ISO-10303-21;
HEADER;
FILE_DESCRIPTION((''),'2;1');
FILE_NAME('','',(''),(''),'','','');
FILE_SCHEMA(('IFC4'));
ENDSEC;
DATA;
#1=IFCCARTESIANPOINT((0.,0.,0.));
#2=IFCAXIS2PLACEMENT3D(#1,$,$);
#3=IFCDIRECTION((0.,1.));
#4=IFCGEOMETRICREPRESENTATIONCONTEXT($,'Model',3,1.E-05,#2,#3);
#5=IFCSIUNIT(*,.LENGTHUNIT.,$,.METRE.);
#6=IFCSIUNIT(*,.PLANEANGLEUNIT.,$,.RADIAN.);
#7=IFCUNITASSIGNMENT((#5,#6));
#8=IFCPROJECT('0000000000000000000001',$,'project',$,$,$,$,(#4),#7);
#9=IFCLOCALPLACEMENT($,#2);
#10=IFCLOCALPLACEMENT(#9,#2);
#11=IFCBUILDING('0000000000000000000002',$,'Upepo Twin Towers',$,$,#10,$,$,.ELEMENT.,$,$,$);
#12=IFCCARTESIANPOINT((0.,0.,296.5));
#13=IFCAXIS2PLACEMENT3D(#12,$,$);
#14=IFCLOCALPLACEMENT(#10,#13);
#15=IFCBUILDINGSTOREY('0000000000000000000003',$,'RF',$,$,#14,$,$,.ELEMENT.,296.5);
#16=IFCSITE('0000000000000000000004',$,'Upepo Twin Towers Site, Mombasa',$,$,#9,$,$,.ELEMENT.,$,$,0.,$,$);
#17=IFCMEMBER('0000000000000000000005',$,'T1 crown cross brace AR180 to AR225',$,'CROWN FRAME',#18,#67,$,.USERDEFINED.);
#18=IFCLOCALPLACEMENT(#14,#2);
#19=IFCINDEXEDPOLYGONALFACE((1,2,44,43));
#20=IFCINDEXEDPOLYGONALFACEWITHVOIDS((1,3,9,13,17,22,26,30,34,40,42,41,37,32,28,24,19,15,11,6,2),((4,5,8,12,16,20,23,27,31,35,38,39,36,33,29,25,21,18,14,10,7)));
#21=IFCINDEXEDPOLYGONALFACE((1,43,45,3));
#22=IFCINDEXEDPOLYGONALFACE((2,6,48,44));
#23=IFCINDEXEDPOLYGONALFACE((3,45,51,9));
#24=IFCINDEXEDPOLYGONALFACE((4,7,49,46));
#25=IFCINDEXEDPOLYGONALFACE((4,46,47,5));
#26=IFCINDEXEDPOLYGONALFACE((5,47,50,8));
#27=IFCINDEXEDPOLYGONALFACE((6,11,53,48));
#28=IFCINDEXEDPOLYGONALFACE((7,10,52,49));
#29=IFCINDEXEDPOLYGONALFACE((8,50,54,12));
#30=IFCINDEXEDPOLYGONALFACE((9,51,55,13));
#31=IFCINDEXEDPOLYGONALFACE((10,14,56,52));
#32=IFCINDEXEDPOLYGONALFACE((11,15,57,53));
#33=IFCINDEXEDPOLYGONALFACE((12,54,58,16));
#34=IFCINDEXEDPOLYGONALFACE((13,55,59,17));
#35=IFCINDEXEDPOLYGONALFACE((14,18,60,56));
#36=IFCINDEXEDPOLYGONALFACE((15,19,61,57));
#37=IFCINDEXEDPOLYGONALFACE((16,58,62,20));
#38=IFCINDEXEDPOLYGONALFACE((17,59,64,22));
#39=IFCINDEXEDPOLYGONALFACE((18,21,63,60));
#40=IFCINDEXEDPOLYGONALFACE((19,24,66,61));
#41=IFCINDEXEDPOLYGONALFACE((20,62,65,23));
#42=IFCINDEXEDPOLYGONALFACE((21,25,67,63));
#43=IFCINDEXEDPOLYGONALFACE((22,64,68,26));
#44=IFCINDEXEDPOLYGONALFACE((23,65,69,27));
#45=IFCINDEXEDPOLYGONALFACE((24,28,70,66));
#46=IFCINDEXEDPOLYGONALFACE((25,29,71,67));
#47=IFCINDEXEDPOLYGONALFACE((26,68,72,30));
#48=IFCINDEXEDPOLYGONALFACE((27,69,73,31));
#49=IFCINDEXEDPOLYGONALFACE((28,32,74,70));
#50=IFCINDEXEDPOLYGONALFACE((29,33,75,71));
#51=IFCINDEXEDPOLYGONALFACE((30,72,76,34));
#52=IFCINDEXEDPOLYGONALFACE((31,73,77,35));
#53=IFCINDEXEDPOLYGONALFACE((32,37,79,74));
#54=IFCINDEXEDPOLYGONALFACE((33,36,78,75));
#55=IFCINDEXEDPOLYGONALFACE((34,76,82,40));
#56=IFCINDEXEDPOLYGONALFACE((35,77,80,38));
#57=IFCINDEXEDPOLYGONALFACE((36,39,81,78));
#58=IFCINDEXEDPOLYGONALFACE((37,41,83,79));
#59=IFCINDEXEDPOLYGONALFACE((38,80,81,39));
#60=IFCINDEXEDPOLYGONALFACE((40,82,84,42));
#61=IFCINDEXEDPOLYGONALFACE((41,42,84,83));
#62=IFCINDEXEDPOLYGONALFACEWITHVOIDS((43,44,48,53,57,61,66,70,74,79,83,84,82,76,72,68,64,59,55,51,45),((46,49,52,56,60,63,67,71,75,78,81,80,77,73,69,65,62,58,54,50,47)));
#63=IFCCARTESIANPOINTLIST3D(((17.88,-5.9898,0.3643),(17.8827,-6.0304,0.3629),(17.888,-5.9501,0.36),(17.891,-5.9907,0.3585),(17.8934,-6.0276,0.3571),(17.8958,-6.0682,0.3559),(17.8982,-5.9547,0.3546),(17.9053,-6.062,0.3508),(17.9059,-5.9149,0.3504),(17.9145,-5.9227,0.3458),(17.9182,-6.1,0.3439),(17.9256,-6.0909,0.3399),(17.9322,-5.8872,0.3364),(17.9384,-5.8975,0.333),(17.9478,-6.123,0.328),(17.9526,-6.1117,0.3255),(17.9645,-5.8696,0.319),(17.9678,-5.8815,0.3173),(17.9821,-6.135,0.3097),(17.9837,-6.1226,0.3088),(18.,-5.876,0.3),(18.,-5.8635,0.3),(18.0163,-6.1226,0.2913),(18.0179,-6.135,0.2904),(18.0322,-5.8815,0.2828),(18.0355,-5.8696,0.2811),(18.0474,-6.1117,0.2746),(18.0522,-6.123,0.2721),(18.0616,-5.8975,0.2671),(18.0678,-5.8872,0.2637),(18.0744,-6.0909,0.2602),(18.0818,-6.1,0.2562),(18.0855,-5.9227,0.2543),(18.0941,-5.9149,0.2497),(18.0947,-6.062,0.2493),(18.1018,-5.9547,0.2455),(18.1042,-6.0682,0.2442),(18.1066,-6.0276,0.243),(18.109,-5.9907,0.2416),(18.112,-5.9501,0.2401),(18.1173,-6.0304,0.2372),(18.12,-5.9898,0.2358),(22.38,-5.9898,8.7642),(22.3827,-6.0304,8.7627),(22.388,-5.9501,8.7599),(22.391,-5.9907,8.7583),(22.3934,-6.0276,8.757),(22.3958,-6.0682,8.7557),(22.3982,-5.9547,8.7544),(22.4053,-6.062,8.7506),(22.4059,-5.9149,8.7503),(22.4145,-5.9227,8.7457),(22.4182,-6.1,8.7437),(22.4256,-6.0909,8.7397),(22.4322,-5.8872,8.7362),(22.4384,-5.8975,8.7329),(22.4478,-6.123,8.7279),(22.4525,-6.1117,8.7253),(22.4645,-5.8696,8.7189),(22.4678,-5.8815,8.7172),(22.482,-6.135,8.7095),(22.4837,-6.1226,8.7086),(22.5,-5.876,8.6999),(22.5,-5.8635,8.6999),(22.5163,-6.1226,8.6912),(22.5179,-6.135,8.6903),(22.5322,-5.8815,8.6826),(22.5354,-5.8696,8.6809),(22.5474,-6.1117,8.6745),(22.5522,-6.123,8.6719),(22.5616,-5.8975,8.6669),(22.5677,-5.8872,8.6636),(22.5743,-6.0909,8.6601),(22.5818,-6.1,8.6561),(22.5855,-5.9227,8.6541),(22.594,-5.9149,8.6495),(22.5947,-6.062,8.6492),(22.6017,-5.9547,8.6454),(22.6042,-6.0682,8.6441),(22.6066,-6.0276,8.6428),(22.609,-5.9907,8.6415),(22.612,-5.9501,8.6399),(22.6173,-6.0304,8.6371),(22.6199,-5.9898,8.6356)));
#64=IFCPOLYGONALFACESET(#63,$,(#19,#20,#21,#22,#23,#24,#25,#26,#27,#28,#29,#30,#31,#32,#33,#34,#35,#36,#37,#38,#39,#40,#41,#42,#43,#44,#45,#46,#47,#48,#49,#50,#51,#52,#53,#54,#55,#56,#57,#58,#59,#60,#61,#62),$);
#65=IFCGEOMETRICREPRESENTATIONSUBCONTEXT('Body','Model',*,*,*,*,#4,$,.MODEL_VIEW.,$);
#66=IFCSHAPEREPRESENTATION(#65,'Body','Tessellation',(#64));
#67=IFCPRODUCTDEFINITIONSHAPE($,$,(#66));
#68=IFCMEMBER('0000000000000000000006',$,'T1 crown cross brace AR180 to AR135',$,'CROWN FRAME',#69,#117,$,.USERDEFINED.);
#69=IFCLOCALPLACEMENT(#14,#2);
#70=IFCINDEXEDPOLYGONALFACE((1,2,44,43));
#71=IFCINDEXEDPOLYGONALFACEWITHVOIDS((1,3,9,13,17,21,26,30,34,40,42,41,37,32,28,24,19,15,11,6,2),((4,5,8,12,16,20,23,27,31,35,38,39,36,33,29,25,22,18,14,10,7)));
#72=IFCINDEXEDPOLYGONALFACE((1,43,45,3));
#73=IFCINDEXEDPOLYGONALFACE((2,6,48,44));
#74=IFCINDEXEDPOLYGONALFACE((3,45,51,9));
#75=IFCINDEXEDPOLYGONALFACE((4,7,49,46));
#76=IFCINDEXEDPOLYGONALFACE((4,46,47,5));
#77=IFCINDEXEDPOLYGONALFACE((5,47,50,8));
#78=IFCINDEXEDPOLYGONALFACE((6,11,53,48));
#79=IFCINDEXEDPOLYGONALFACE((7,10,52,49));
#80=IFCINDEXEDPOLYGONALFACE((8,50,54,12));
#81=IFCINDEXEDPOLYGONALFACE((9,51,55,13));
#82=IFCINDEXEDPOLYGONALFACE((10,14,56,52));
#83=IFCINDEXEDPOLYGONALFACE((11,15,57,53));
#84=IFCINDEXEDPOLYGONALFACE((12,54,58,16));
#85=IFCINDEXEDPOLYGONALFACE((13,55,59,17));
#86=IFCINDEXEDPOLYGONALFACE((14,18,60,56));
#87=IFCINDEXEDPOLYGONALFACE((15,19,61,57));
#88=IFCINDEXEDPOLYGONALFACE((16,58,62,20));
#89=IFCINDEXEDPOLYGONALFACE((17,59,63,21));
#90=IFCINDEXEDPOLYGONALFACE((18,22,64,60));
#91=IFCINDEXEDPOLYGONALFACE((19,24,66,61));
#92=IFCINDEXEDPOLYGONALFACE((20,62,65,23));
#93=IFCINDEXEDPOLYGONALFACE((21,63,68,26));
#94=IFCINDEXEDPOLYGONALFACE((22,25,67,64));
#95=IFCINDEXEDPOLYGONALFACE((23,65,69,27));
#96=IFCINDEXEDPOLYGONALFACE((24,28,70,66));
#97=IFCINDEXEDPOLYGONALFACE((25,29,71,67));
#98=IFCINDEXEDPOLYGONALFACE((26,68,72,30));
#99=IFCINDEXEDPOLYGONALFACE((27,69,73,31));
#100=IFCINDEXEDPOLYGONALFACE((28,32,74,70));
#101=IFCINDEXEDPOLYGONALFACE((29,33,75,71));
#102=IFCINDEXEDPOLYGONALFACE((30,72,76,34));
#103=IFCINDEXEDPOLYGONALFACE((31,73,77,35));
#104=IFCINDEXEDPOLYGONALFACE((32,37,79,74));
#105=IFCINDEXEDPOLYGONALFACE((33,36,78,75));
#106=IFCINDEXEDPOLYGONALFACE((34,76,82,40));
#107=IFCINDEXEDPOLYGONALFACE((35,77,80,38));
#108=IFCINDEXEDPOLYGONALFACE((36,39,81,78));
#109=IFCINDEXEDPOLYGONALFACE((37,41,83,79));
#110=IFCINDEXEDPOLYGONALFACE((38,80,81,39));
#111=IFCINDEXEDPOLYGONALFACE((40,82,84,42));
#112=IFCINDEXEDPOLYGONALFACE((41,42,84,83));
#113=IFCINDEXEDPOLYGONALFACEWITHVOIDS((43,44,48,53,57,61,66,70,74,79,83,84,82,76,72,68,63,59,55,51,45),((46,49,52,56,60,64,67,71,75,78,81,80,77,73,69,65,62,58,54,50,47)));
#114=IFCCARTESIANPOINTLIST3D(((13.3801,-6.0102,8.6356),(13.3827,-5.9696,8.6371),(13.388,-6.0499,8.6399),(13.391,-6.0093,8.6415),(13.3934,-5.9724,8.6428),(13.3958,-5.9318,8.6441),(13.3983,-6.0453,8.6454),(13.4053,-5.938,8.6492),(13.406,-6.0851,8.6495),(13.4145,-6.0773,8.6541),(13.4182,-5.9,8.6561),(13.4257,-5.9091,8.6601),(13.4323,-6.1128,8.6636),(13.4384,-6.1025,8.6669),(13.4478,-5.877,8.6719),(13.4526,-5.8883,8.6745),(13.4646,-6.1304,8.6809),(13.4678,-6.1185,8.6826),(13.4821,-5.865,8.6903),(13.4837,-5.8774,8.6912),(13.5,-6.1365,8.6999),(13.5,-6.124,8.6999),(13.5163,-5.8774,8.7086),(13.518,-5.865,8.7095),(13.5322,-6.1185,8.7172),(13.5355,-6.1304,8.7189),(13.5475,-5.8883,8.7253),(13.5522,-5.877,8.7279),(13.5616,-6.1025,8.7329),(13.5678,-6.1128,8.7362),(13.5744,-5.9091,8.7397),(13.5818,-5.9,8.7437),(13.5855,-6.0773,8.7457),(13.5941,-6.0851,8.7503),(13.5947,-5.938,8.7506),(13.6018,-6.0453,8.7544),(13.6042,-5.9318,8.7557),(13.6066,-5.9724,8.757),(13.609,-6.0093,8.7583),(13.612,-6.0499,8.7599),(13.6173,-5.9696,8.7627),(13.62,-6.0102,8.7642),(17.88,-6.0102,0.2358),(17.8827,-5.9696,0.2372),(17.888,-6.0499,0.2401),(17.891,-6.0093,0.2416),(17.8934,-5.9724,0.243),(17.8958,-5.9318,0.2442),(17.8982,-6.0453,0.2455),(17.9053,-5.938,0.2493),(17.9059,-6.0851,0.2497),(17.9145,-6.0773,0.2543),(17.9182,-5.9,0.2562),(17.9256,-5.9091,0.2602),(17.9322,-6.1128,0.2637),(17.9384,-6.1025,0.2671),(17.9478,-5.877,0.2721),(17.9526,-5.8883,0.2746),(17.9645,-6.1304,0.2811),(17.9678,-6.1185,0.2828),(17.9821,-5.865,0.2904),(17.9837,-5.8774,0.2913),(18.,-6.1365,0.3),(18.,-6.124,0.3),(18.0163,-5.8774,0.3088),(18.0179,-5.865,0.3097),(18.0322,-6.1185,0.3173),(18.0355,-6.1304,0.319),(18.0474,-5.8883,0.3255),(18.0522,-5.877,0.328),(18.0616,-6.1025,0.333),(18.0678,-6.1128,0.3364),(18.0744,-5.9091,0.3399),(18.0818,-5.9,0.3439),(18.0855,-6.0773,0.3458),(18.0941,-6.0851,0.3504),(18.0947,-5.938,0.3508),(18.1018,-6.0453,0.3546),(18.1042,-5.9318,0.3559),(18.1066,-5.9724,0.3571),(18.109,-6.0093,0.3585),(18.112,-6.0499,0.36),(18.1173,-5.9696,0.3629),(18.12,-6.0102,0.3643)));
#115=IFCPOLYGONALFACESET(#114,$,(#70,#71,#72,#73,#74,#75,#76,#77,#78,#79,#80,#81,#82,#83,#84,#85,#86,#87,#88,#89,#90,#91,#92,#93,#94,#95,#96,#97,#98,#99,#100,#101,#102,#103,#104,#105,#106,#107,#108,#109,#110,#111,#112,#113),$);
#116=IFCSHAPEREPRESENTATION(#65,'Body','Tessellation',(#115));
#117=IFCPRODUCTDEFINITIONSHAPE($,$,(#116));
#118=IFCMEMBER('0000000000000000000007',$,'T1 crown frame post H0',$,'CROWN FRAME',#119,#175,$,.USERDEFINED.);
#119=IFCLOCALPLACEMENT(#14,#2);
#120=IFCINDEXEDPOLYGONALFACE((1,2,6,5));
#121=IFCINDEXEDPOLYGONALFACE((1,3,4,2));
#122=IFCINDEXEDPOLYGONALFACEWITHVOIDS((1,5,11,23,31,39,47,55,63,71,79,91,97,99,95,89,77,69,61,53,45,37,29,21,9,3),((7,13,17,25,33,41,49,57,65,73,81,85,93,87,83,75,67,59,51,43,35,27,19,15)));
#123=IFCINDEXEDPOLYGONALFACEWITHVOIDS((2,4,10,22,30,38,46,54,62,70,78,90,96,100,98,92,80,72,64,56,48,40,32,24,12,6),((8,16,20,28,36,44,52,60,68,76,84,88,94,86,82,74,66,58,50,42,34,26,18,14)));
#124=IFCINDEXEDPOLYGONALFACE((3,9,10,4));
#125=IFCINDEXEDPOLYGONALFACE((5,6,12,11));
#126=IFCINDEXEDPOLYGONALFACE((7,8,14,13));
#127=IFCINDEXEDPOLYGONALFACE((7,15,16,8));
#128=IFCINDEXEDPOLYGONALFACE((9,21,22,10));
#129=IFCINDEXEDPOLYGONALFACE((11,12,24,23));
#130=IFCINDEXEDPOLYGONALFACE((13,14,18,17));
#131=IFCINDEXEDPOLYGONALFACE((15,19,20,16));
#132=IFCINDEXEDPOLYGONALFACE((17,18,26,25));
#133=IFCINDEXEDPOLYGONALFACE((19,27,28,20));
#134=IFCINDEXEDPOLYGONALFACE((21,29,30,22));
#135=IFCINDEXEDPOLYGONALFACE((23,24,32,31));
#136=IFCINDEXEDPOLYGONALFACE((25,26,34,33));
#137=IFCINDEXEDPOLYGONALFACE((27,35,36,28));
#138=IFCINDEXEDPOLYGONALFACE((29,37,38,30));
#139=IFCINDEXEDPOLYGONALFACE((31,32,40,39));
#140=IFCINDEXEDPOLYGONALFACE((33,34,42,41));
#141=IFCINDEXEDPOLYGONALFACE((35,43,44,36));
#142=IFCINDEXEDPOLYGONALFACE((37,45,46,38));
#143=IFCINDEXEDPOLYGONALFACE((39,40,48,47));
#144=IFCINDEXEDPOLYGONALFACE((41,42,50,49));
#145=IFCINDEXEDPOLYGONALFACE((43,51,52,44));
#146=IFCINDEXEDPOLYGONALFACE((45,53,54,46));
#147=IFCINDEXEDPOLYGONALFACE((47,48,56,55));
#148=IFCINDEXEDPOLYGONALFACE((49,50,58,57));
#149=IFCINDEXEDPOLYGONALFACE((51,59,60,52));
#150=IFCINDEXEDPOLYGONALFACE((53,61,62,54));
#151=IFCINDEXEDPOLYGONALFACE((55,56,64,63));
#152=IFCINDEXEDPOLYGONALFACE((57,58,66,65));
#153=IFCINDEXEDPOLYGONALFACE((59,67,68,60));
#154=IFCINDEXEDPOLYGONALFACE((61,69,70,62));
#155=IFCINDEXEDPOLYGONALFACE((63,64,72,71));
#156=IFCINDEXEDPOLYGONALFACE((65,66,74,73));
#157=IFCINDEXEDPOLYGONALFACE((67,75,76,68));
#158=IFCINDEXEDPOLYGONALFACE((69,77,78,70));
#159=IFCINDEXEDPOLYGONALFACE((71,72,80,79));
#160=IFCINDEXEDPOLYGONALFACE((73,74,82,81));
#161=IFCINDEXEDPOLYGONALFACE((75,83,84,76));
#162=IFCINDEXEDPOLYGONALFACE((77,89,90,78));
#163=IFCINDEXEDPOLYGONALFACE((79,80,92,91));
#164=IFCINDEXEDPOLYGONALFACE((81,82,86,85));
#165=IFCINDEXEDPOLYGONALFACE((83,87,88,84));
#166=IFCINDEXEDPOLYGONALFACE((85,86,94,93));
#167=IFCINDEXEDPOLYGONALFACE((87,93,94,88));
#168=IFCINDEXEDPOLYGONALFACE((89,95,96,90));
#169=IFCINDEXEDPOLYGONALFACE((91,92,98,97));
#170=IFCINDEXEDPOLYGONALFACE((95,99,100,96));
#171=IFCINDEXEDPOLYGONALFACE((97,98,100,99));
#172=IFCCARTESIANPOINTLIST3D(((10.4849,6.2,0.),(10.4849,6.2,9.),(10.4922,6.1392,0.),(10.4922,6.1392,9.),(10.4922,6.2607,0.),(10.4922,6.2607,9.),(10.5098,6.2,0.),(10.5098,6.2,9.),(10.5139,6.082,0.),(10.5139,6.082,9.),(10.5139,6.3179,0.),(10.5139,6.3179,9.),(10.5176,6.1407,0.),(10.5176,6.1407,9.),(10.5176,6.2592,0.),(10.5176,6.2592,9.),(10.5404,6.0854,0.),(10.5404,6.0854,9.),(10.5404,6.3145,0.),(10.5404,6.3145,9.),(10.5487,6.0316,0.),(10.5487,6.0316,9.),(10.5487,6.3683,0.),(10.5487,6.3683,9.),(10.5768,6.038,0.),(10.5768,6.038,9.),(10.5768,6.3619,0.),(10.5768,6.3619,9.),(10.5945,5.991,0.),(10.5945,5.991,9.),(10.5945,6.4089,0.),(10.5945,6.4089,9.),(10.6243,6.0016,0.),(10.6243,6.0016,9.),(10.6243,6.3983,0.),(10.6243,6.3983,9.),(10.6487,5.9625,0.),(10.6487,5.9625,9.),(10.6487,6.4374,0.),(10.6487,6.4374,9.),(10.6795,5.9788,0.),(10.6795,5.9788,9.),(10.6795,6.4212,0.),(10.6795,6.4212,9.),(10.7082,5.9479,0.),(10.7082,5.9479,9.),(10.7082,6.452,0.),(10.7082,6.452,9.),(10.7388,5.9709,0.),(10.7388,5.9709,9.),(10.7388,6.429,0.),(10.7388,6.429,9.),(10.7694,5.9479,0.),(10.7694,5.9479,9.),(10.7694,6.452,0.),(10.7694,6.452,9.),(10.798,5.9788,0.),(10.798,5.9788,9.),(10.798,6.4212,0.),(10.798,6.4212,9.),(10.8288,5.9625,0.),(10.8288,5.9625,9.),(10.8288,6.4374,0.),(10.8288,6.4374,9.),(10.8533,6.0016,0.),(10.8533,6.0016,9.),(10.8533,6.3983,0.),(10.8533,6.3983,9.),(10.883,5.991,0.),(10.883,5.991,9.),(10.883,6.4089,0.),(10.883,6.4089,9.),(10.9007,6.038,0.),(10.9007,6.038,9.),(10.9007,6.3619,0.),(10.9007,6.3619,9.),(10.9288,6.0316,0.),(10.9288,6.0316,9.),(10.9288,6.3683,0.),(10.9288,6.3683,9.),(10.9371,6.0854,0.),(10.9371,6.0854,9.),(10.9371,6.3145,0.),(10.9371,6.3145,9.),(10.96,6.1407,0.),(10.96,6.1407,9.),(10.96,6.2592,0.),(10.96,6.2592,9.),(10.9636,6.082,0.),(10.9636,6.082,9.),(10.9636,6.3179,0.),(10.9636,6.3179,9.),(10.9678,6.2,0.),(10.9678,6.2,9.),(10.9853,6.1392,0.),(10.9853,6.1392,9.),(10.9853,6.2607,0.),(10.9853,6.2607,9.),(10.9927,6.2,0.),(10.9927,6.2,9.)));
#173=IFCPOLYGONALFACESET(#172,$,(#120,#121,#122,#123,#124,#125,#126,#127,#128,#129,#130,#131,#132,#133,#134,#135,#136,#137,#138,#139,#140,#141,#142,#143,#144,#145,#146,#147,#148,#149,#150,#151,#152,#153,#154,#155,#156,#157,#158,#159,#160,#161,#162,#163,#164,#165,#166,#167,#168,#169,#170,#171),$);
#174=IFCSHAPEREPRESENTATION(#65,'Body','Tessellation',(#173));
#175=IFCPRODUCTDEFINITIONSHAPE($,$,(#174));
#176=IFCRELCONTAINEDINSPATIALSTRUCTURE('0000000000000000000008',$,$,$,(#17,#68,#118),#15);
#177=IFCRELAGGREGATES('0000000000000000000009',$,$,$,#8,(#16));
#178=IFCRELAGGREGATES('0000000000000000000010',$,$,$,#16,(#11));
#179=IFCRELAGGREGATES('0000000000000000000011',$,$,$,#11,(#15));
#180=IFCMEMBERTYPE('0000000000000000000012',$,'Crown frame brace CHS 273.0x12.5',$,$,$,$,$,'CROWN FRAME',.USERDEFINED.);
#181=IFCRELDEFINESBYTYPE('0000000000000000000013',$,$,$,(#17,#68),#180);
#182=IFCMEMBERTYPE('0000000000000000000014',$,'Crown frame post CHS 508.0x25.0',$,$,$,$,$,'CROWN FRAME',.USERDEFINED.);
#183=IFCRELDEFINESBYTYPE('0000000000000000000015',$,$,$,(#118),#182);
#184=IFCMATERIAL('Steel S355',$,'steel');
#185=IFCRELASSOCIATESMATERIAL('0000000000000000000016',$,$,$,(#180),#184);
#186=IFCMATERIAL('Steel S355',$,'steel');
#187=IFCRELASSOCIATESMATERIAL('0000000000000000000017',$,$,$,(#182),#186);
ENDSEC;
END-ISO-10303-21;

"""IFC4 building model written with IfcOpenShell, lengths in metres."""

from ifc_helpers import new_model, si_unit, direction, frame, origin, origin_2d, place, context, subcontext, project, spatial, hollow_circle, extrude, material, material_profile, profile_set, type_object, element, save


model = new_model("IFC4")

# Units and contexts
model_context = context("Model", 3, precision=1e-05, world=origin(), true_north=direction((0.0, 1.0)))
body_context = subcontext(model_context, "Body", "Model", "MODEL_VIEW")
ifc_project = project(units=[si_unit("LENGTHUNIT", "METRE"), si_unit("PLANEANGLEUNIT", "RADIAN")], contexts=[model_context])

# Site, building, storey
site_placement = place(None, origin())
site = spatial("IfcSite", under=ifc_project, at=site_placement, Name="Upepo Twin Towers Site, Mombasa", CompositionType="ELEMENT", RefElevation=0.0)
building_placement = place(site_placement, origin())
building = spatial("IfcBuilding", under=site, at=building_placement, Name="Upepo Twin Towers", CompositionType="ELEMENT")
storey_placement = place(building_placement, frame((0.0, 0.0, 296.5)))
storey = spatial("IfcBuildingStorey", under=building, at=storey_placement, Name="RF", CompositionType="ELEMENT", Elevation=296.5)

# Members
ifc_material_1 = material(Name="Steel S355", Category="steel")
ifc_material_profile_1 = material_profile(ifc_material_1, hollow_circle(Radius=0.1365, WallThickness=0.0125, at=origin_2d()), Name="CHS 273.0x12.5")
ifc_profile_set_1 = profile_set([ifc_material_profile_1], Name="Steel S355")
member_type_1 = type_object("IfcMemberType", Name="Crown frame brace CHS 273.0x12.5", ElementType="CROWN FRAME", PredefinedType="USERDEFINED", material=ifc_profile_set_1)
for number, where, z_axis, x_axis, name in (
    (1, (18.0, -6.0, 0.3), (0.472226, 0.0, 0.881478), (0.0, 1.0, 0.0), "T1 crown cross brace AR180 to AR225"),
    (2, (18.0, -6.0, 0.3), (-0.472226, 0.0, 0.881478), (0.0, -1.0, 0.0), "T1 crown cross brace AR180 to AR135"),
):
    element("IfcMember", number, at=place(storey_placement, frame(where, z_axis=z_axis, x_axis=x_axis)), inside=storey, type_object=member_type_1, Name=name, ObjectType="CROWN FRAME", PredefinedType="USERDEFINED", context=body_context, shape_type="SweptSolid", body=[
        extrude(hollow_circle(Radius=0.1365, WallThickness=0.0125, at=origin_2d()), origin(), (0.0, 0.0, 1.0), 9.5293),
    ])
ifc_material_2 = material(Name="Steel S355", Category="steel")
ifc_material_profile_2 = material_profile(ifc_material_2, hollow_circle(Radius=0.2539, WallThickness=0.0249, at=origin_2d()), Name="CHS 508.0x25.0")
ifc_profile_set_2 = profile_set([ifc_material_profile_2], Name="Steel S355")
member_type_2 = type_object("IfcMemberType", Name="Crown frame post CHS 508.0x25.0", ElementType="CROWN FRAME", PredefinedType="USERDEFINED", material=ifc_profile_set_2)
member_1_placement = place(storey_placement, frame((10.7388, 6.2, 0.0), z_axis=(0.0, 0.0, 1.0), x_axis=(1.0, 0.0, 0.0)))
element("IfcMember", 3, at=member_1_placement, inside=storey, type_object=member_type_2, Name="T1 crown frame post H0", ObjectType="CROWN FRAME", PredefinedType="USERDEFINED", context=body_context, shape_type="SweptSolid", body=[
    extrude(hollow_circle(Radius=0.2539, WallThickness=0.0249, at=origin_2d()), origin(), (0.0, 0.0, 1.0), 9.0),
])

save(model, "model.ifc")
